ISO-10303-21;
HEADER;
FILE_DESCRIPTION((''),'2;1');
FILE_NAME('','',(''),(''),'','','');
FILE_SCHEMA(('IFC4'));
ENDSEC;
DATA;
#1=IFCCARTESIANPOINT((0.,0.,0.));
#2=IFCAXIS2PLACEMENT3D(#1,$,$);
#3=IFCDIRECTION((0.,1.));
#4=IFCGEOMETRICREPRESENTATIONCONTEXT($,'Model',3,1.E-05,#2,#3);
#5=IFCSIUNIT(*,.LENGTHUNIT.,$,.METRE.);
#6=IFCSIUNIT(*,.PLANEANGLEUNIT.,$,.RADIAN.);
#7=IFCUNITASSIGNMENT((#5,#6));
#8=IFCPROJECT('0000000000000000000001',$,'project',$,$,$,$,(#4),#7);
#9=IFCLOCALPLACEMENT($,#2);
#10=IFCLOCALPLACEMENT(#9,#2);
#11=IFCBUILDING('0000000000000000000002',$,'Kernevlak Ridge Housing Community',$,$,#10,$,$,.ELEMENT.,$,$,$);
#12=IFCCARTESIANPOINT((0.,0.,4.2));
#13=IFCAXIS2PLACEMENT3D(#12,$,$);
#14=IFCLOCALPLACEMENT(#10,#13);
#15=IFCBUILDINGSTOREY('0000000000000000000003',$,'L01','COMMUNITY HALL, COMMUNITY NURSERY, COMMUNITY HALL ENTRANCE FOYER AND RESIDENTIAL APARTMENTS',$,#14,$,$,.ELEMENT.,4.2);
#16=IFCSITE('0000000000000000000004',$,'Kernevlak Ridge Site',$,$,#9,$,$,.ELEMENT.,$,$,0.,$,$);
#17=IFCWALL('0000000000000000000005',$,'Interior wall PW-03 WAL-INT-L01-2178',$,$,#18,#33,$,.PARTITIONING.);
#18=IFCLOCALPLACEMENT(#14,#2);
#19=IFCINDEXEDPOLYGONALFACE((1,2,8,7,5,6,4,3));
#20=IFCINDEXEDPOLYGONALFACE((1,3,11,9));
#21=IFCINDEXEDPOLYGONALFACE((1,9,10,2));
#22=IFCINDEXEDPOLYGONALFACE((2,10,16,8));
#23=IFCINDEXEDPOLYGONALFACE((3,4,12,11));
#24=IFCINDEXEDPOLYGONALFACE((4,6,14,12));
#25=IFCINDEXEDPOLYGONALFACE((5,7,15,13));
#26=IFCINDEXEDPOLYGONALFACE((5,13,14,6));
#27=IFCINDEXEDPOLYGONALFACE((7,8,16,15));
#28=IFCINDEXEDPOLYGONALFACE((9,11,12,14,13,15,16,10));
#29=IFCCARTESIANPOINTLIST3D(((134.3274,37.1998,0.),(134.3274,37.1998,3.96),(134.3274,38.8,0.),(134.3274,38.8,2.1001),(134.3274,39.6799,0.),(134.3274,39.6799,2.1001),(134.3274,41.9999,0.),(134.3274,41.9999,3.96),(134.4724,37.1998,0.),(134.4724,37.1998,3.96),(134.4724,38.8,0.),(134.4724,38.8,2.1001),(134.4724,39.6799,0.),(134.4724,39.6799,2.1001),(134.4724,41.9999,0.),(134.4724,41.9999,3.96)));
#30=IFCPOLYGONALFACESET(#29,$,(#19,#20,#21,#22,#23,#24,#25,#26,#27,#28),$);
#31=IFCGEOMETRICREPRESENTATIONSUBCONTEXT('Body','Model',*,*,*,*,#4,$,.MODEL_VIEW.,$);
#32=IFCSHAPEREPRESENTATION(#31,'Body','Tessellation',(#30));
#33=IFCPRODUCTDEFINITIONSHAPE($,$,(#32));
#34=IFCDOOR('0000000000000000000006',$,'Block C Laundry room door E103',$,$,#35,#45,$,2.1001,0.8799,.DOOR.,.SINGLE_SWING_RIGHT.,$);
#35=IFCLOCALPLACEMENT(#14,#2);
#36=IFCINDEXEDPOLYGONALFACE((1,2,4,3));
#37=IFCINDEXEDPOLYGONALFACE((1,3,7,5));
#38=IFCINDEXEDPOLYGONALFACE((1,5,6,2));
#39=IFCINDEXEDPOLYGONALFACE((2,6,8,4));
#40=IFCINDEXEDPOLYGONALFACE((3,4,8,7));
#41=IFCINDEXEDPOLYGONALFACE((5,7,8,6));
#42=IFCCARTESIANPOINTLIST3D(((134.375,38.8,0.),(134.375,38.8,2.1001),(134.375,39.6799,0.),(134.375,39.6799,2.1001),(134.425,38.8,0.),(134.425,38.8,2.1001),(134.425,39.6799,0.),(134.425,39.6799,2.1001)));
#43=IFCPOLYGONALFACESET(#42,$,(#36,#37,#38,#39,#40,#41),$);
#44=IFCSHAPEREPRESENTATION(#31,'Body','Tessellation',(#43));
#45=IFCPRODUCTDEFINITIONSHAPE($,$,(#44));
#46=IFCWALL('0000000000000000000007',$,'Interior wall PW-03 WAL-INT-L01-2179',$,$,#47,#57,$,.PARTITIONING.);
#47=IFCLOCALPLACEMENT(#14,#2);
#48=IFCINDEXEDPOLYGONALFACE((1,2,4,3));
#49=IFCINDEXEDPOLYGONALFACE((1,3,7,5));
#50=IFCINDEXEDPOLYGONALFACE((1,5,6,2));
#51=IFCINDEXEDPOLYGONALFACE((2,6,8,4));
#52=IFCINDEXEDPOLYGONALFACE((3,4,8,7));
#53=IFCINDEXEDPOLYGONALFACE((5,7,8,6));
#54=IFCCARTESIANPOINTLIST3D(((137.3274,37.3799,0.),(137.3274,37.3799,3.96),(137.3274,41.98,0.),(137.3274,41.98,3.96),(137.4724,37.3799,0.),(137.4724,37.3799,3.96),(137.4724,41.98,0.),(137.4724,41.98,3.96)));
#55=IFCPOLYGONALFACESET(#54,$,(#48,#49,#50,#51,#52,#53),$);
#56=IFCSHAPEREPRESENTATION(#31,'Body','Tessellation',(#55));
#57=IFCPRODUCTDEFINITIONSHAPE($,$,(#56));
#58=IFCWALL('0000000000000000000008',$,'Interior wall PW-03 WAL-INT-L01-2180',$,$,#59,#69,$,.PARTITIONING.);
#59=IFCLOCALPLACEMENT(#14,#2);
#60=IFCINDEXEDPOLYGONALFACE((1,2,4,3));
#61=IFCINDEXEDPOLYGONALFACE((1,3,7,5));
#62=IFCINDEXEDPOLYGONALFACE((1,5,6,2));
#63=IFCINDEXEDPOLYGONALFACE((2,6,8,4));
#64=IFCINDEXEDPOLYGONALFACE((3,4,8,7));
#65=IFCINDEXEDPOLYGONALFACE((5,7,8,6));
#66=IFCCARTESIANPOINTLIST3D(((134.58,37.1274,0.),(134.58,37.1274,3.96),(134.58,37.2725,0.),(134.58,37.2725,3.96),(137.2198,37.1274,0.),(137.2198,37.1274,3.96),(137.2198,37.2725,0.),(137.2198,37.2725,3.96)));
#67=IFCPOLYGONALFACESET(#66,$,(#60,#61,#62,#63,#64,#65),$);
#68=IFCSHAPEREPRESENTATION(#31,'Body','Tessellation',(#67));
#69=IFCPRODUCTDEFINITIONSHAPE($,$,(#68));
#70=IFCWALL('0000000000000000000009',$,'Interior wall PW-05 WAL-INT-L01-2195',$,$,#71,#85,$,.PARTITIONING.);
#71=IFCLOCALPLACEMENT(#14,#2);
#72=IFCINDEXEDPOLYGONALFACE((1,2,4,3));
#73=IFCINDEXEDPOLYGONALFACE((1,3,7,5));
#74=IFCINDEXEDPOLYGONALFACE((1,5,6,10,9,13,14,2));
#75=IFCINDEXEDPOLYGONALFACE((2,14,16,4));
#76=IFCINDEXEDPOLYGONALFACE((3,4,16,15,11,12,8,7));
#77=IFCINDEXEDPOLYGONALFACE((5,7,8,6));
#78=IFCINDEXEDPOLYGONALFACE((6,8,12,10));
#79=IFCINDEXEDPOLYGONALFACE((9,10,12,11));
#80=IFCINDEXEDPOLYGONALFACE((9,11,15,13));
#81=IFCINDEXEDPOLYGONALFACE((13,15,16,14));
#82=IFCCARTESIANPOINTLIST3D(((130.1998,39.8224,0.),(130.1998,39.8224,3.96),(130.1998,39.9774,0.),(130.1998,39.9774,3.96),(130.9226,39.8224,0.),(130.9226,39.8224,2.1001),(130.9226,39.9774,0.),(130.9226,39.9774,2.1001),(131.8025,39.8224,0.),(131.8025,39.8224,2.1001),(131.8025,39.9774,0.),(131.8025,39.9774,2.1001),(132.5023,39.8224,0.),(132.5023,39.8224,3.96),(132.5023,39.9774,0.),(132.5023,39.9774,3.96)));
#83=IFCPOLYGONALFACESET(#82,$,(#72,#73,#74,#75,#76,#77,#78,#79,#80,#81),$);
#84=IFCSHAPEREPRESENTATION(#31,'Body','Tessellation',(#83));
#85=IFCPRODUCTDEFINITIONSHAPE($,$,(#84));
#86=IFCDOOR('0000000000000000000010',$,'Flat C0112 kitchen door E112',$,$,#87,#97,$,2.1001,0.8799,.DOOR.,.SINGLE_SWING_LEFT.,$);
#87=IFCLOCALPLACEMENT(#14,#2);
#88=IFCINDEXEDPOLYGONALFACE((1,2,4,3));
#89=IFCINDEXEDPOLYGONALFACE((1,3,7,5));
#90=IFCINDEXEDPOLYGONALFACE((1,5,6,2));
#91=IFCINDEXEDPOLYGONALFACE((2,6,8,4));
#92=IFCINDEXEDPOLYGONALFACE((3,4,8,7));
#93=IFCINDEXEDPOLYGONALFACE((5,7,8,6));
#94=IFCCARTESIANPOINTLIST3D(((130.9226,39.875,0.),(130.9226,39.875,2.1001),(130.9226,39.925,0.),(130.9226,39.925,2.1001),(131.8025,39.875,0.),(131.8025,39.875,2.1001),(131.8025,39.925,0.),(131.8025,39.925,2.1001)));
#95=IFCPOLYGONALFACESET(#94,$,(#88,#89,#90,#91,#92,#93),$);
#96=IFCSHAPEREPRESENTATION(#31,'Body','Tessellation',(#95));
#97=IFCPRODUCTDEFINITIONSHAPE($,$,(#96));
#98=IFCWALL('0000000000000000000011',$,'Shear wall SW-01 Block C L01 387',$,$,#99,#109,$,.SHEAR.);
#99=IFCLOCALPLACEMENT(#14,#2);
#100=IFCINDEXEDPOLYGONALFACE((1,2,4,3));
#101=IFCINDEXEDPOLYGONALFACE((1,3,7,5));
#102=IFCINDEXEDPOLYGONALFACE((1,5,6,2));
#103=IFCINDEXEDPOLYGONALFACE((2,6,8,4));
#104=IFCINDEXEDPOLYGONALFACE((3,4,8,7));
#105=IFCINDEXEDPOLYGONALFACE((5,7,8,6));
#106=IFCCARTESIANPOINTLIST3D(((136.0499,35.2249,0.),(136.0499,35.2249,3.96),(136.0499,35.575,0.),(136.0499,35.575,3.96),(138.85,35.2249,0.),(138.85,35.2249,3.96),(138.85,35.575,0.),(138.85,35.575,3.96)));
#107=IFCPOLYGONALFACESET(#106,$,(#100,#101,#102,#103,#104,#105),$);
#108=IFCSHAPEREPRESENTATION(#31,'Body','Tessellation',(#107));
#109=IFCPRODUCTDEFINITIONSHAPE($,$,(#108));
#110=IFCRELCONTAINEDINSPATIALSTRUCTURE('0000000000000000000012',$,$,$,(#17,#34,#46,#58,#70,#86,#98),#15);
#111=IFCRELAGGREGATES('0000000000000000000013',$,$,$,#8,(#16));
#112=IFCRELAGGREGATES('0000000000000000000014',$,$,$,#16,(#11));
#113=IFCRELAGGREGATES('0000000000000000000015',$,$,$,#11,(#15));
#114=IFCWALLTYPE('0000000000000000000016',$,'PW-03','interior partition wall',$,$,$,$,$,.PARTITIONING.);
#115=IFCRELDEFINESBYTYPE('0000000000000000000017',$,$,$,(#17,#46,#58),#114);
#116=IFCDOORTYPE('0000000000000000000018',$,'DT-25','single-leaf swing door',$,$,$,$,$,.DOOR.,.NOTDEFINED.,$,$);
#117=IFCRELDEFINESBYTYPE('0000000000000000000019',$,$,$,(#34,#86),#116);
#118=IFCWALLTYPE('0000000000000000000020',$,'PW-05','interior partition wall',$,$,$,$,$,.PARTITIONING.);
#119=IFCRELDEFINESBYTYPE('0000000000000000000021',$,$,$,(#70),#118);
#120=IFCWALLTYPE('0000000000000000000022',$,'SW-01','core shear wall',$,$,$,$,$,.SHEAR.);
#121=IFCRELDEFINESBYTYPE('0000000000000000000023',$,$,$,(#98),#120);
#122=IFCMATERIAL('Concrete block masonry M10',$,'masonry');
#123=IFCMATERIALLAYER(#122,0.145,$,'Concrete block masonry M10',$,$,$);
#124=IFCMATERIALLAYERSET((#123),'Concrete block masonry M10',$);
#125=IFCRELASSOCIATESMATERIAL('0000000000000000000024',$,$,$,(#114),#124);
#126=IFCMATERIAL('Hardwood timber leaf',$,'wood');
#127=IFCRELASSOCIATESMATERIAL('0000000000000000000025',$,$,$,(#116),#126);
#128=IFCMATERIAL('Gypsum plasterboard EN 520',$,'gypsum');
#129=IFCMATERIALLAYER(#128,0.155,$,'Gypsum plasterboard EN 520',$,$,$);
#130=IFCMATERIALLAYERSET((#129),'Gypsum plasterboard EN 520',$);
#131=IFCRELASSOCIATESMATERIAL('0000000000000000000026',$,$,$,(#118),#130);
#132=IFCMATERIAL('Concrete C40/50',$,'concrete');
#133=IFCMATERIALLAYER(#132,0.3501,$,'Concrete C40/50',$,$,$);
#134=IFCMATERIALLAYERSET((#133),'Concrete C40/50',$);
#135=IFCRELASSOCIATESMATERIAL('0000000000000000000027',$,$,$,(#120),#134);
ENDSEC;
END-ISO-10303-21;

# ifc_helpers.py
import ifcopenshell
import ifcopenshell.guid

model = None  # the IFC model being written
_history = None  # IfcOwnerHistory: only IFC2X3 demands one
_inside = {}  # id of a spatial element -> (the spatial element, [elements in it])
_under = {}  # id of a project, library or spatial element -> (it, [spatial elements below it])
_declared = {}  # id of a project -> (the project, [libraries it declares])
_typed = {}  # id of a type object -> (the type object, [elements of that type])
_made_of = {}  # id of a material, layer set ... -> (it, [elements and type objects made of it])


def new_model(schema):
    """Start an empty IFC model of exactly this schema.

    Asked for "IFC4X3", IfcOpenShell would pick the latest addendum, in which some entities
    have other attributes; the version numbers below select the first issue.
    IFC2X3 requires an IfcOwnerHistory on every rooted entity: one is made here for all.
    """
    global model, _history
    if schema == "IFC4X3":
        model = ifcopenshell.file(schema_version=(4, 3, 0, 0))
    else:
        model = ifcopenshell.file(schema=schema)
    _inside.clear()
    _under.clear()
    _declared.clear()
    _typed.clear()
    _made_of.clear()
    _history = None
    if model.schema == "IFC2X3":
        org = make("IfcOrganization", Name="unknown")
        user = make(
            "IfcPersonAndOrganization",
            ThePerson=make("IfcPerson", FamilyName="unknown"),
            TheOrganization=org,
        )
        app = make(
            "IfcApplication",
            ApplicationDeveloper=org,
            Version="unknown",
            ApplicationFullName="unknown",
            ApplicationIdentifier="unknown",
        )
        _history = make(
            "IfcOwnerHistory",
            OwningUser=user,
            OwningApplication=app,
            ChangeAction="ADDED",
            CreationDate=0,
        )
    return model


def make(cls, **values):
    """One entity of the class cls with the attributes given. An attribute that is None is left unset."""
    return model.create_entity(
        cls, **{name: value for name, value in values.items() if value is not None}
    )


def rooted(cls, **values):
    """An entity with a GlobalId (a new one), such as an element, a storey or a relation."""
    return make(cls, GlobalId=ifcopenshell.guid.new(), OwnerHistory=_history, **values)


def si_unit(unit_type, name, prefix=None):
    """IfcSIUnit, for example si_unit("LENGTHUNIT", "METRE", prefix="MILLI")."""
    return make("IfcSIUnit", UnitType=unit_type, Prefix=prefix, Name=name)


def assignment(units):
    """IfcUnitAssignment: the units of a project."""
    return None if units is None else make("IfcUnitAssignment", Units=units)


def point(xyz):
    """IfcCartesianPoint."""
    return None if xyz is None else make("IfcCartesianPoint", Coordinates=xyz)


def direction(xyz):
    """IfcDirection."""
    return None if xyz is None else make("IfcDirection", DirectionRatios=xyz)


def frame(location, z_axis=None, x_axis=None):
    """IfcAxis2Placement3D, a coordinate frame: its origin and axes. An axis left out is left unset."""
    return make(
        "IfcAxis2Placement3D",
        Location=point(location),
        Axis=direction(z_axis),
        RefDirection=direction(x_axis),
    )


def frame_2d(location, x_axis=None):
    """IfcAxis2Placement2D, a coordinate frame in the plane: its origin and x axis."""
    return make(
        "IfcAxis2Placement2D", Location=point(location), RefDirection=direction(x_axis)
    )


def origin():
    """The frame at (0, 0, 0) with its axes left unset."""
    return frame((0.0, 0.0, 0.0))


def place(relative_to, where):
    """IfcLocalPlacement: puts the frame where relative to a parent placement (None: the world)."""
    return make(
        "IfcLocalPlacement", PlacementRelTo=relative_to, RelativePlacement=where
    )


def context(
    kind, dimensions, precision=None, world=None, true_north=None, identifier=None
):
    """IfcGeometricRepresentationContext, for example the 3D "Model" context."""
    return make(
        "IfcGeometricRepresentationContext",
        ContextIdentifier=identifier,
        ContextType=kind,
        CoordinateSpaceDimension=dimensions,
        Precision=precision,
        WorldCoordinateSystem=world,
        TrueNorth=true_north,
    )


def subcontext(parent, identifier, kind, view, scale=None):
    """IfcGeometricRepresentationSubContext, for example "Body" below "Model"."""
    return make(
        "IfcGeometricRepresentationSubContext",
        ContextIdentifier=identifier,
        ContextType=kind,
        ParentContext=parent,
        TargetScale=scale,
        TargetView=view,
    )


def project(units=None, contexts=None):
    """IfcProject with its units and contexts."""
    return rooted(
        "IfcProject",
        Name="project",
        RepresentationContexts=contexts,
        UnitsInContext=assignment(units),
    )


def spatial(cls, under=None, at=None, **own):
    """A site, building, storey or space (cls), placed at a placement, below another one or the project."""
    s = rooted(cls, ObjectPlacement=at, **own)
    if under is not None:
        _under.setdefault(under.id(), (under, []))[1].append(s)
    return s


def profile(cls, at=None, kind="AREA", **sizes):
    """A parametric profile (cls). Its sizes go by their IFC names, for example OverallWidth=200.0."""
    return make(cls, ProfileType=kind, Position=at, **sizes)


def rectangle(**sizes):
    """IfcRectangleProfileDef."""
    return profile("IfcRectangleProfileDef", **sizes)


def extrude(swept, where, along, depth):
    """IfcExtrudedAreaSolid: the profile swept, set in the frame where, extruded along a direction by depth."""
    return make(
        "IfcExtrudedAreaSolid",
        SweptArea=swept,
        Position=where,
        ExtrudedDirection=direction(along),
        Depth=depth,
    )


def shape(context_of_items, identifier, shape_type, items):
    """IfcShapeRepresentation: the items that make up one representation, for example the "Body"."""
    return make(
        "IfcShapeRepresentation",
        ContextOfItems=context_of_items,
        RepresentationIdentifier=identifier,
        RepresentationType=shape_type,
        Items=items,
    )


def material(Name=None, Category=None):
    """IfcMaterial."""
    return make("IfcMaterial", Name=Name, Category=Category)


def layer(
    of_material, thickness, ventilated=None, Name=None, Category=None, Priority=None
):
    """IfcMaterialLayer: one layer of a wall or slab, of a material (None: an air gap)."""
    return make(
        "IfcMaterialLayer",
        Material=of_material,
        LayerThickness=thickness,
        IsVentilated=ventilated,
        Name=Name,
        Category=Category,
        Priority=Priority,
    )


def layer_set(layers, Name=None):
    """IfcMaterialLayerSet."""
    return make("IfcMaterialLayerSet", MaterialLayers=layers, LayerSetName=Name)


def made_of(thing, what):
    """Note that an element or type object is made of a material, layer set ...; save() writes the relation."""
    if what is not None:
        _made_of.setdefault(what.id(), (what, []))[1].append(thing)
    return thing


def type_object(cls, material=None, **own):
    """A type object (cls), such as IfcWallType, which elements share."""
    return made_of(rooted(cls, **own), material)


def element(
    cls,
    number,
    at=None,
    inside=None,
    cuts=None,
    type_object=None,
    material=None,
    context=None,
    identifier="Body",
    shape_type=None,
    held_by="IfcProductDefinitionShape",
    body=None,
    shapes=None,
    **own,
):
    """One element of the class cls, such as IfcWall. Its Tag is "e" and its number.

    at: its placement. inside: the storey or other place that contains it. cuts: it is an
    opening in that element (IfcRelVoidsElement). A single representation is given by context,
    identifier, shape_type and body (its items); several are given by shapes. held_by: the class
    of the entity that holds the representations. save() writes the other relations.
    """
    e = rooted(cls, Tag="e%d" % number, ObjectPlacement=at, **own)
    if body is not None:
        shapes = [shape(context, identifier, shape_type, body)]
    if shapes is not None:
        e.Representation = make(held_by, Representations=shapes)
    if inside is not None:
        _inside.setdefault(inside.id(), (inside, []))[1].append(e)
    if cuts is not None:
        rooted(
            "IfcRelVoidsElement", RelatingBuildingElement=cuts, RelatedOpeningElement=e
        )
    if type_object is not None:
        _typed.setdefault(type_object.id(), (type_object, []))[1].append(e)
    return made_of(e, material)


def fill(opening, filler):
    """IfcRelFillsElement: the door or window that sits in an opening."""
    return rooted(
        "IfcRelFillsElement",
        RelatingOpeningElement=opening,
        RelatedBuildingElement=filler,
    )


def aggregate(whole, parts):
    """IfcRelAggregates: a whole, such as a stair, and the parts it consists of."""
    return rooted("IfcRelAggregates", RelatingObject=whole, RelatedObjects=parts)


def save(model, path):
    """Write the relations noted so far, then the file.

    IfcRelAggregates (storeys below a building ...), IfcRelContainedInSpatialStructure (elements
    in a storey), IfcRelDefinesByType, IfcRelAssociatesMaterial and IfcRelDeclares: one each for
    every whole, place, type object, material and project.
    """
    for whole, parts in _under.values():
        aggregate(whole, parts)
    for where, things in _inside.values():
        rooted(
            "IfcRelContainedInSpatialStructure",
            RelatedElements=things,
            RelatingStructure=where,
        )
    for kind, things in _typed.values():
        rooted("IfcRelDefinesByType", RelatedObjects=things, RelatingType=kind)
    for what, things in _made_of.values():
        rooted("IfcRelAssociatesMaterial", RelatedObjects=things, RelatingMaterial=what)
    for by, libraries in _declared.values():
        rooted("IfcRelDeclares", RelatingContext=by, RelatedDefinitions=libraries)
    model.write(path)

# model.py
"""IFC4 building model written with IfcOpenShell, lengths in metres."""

from ifc_helpers import new_model, si_unit, direction, frame, frame_2d, origin, place, context, subcontext, project, spatial, rectangle, extrude, material, layer, layer_set, type_object, element, fill, save


model = new_model("IFC4")

# Units and contexts
model_context = context("Model", 3, precision=1e-05, world=origin(), true_north=direction((0.0, 1.0)))
body_context = subcontext(model_context, "Body", "Model", "MODEL_VIEW")
ifc_project = project(units=[si_unit("LENGTHUNIT", "METRE"), si_unit("PLANEANGLEUNIT", "RADIAN")], contexts=[model_context])

# Site, building, storey
site_placement = place(None, origin())
site = spatial("IfcSite", under=ifc_project, at=site_placement, Name="Kernevlak Ridge Site", CompositionType="ELEMENT", RefElevation=0.0)
building_placement = place(site_placement, origin())
building = spatial("IfcBuilding", under=site, at=building_placement, Name="Kernevlak Ridge Housing Community", CompositionType="ELEMENT")
storey_placement = place(building_placement, frame((0.0, 0.0, 4.2)))
storey = spatial("IfcBuildingStorey", under=building, at=storey_placement, Name="L01", Description="COMMUNITY HALL, COMMUNITY NURSERY, COMMUNITY HALL ENTRANCE FOYER AND RESIDENTIAL APARTMENTS", CompositionType="ELEMENT", Elevation=4.2)

# Shared definitions
ifc_material_1 = material(Name="Concrete C40/50", Category="concrete")

# Wall, opening, door
ifc_material_2 = material(Name="Concrete block masonry M10", Category="masonry")
ifc_layer_1 = layer(ifc_material_2, 0.145, Name="Concrete block masonry M10")
ifc_layer_set_1 = layer_set([ifc_layer_1], Name="Concrete block masonry M10")
wall_type_1 = type_object("IfcWallType", Name="PW-03", Description="interior partition wall", PredefinedType="PARTITIONING", material=ifc_layer_set_1)
wall_1_placement = place(storey_placement, frame((134.3999, 37.2, 0.0), z_axis=(0.0, 0.0, 1.0), x_axis=(0.0, 1.0, 0.0)))
wall_1 = element("IfcWall", 1, at=wall_1_placement, inside=storey, type_object=wall_type_1, Name="Interior wall PW-03 WAL-INT-L01-2178", PredefinedType="PARTITIONING", context=body_context, shape_type="SweptSolid", body=[
    extrude(rectangle(XDim=4.8, YDim=0.145, at=frame_2d((2.3999, 0.0))), origin(), (0.0, 0.0, 1.0), 3.96),
])
opening_1_placement = place(wall_1_placement, frame((1.6001, 0.0, 0.0)))
opening_1 = element("IfcOpeningElement", 2, at=opening_1_placement, cuts=wall_1, PredefinedType="OPENING", context=body_context, shape_type="SweptSolid", body=[
    extrude(rectangle(XDim=0.8799, YDim=2.1001, at=frame_2d((0.4399, 1.05))), frame((0.0, 0.0825, 0.0), z_axis=(0.0, -1.0, 0.0), x_axis=(1.0, 0.0, 0.0)), (0.0, 0.0, 1.0), 0.165),
])
ifc_material_3 = material(Name="Hardwood timber leaf", Category="wood")
door_type = type_object("IfcDoorType", Name="DT-25", Description="single-leaf swing door", OperationType="NOTDEFINED", PredefinedType="DOOR", material=ifc_material_3)
door_1_placement = place(opening_1_placement, origin())
door_1 = element("IfcDoor", 3, at=door_1_placement, inside=storey, type_object=door_type, Name="Block C Laundry room door E103", OperationType="SINGLE_SWING_RIGHT", OverallHeight=2.1001, OverallWidth=0.8799, PredefinedType="DOOR", context=body_context, shape_type="SweptSolid", body=[
    extrude(rectangle(XDim=0.8799, YDim=2.1001, at=frame_2d((0.4399, 1.05))), frame((0.0, 0.0249, 0.0), z_axis=(0.0, -1.0, 0.0), x_axis=(1.0, 0.0, 0.0)), (0.0, 0.0, 1.0), 0.05),
])
fill(opening_1, door_1)

# Walls
wall_2_placement = place(storey_placement, frame((137.3999, 37.3799, 0.0), z_axis=(0.0, 0.0, 1.0), x_axis=(0.0, 1.0, 0.0)))
element("IfcWall", 4, at=wall_2_placement, inside=storey, type_object=wall_type_1, Name="Interior wall PW-03 WAL-INT-L01-2179", PredefinedType="PARTITIONING", context=body_context, shape_type="SweptSolid", body=[
    extrude(rectangle(XDim=4.6001, YDim=0.145, at=frame_2d((2.3, 0.0))), origin(), (0.0, 0.0, 1.0), 3.96),
])
wall_3_placement = place(storey_placement, frame((134.5801, 37.2, 0.0), z_axis=(0.0, 0.0, 1.0), x_axis=(1.0, 0.0, 0.0)))
element("IfcWall", 5, at=wall_3_placement, inside=storey, type_object=wall_type_1, Name="Interior wall PW-03 WAL-INT-L01-2180", PredefinedType="PARTITIONING", context=body_context, shape_type="SweptSolid", body=[
    extrude(rectangle(XDim=2.6399, YDim=0.145, at=frame_2d((1.3198, 0.0))), origin(), (0.0, 0.0, 1.0), 3.96),
])

# Wall, opening, door
ifc_material_4 = material(Name="Gypsum plasterboard EN 520", Category="gypsum")
ifc_layer_2 = layer(ifc_material_4, 0.155, Name="Gypsum plasterboard EN 520")
ifc_layer_set_2 = layer_set([ifc_layer_2], Name="Gypsum plasterboard EN 520")
wall_type_2 = type_object("IfcWallType", Name="PW-05", Description="interior partition wall", PredefinedType="PARTITIONING", material=ifc_layer_set_2)
wall_4_placement = place(storey_placement, frame((132.5024, 39.8999, 0.0), z_axis=(0.0, 0.0, 1.0), x_axis=(-1.0, 0.0, 0.0)))
wall_4 = element("IfcWall", 6, at=wall_4_placement, inside=storey, type_object=wall_type_2, Name="Interior wall PW-05 WAL-INT-L01-2195", PredefinedType="PARTITIONING", context=body_context, shape_type="SweptSolid", body=[
    extrude(rectangle(XDim=2.3025, YDim=0.155, at=frame_2d((1.1514, 0.0))), origin(), (0.0, 0.0, 1.0), 3.96),
])
opening_2_placement = place(wall_4_placement, frame((0.7, 0.0, 0.0)))
opening_2 = element("IfcOpeningElement", 7, at=opening_2_placement, cuts=wall_4, PredefinedType="OPENING", context=body_context, shape_type="SweptSolid", body=[
    extrude(rectangle(XDim=0.8799, YDim=2.1001, at=frame_2d((0.4399, 1.05))), frame((0.0, 0.0874, 0.0), z_axis=(0.0, -1.0, 0.0), x_axis=(1.0, 0.0, 0.0)), (0.0, 0.0, 1.0), 0.175),
])
door_2_placement = place(opening_2_placement, origin())
door_2 = element("IfcDoor", 8, at=door_2_placement, inside=storey, type_object=door_type, Name="Flat C0112 kitchen door E112", OperationType="SINGLE_SWING_LEFT", OverallHeight=2.1001, OverallWidth=0.8799, PredefinedType="DOOR", context=body_context, shape_type="SweptSolid", body=[
    extrude(rectangle(XDim=0.8799, YDim=2.1001, at=frame_2d((0.4399, 1.05))), frame((0.0, 0.0249, 0.0), z_axis=(0.0, -1.0, 0.0), x_axis=(1.0, 0.0, 0.0)), (0.0, 0.0, 1.0), 0.05),
])
fill(opening_2, door_2)

# Wall
ifc_layer_3 = layer(ifc_material_1, 0.3501, Name="Concrete C40/50")
ifc_layer_set_3 = layer_set([ifc_layer_3], Name="Concrete C40/50")
wall_type_3 = type_object("IfcWallType", Name="SW-01", Description="core shear wall", PredefinedType="SHEAR", material=ifc_layer_set_3)
wall_5_placement = place(storey_placement, frame((136.05, 35.3999, 0.0), z_axis=(0.0, 0.0, 1.0), x_axis=(1.0, 0.0, 0.0)))
element("IfcWall", 9, at=wall_5_placement, inside=storey, type_object=wall_type_3, Name="Shear wall SW-01 Block C L01 387", PredefinedType="SHEAR", context=body_context, shape_type="SweptSolid", body=[
    extrude(rectangle(XDim=2.8, YDim=0.3501, at=frame_2d((1.3999, 0.0))), origin(), (0.0, 0.0, 1.0), 3.96),
])

save(model, "model.ifc")
